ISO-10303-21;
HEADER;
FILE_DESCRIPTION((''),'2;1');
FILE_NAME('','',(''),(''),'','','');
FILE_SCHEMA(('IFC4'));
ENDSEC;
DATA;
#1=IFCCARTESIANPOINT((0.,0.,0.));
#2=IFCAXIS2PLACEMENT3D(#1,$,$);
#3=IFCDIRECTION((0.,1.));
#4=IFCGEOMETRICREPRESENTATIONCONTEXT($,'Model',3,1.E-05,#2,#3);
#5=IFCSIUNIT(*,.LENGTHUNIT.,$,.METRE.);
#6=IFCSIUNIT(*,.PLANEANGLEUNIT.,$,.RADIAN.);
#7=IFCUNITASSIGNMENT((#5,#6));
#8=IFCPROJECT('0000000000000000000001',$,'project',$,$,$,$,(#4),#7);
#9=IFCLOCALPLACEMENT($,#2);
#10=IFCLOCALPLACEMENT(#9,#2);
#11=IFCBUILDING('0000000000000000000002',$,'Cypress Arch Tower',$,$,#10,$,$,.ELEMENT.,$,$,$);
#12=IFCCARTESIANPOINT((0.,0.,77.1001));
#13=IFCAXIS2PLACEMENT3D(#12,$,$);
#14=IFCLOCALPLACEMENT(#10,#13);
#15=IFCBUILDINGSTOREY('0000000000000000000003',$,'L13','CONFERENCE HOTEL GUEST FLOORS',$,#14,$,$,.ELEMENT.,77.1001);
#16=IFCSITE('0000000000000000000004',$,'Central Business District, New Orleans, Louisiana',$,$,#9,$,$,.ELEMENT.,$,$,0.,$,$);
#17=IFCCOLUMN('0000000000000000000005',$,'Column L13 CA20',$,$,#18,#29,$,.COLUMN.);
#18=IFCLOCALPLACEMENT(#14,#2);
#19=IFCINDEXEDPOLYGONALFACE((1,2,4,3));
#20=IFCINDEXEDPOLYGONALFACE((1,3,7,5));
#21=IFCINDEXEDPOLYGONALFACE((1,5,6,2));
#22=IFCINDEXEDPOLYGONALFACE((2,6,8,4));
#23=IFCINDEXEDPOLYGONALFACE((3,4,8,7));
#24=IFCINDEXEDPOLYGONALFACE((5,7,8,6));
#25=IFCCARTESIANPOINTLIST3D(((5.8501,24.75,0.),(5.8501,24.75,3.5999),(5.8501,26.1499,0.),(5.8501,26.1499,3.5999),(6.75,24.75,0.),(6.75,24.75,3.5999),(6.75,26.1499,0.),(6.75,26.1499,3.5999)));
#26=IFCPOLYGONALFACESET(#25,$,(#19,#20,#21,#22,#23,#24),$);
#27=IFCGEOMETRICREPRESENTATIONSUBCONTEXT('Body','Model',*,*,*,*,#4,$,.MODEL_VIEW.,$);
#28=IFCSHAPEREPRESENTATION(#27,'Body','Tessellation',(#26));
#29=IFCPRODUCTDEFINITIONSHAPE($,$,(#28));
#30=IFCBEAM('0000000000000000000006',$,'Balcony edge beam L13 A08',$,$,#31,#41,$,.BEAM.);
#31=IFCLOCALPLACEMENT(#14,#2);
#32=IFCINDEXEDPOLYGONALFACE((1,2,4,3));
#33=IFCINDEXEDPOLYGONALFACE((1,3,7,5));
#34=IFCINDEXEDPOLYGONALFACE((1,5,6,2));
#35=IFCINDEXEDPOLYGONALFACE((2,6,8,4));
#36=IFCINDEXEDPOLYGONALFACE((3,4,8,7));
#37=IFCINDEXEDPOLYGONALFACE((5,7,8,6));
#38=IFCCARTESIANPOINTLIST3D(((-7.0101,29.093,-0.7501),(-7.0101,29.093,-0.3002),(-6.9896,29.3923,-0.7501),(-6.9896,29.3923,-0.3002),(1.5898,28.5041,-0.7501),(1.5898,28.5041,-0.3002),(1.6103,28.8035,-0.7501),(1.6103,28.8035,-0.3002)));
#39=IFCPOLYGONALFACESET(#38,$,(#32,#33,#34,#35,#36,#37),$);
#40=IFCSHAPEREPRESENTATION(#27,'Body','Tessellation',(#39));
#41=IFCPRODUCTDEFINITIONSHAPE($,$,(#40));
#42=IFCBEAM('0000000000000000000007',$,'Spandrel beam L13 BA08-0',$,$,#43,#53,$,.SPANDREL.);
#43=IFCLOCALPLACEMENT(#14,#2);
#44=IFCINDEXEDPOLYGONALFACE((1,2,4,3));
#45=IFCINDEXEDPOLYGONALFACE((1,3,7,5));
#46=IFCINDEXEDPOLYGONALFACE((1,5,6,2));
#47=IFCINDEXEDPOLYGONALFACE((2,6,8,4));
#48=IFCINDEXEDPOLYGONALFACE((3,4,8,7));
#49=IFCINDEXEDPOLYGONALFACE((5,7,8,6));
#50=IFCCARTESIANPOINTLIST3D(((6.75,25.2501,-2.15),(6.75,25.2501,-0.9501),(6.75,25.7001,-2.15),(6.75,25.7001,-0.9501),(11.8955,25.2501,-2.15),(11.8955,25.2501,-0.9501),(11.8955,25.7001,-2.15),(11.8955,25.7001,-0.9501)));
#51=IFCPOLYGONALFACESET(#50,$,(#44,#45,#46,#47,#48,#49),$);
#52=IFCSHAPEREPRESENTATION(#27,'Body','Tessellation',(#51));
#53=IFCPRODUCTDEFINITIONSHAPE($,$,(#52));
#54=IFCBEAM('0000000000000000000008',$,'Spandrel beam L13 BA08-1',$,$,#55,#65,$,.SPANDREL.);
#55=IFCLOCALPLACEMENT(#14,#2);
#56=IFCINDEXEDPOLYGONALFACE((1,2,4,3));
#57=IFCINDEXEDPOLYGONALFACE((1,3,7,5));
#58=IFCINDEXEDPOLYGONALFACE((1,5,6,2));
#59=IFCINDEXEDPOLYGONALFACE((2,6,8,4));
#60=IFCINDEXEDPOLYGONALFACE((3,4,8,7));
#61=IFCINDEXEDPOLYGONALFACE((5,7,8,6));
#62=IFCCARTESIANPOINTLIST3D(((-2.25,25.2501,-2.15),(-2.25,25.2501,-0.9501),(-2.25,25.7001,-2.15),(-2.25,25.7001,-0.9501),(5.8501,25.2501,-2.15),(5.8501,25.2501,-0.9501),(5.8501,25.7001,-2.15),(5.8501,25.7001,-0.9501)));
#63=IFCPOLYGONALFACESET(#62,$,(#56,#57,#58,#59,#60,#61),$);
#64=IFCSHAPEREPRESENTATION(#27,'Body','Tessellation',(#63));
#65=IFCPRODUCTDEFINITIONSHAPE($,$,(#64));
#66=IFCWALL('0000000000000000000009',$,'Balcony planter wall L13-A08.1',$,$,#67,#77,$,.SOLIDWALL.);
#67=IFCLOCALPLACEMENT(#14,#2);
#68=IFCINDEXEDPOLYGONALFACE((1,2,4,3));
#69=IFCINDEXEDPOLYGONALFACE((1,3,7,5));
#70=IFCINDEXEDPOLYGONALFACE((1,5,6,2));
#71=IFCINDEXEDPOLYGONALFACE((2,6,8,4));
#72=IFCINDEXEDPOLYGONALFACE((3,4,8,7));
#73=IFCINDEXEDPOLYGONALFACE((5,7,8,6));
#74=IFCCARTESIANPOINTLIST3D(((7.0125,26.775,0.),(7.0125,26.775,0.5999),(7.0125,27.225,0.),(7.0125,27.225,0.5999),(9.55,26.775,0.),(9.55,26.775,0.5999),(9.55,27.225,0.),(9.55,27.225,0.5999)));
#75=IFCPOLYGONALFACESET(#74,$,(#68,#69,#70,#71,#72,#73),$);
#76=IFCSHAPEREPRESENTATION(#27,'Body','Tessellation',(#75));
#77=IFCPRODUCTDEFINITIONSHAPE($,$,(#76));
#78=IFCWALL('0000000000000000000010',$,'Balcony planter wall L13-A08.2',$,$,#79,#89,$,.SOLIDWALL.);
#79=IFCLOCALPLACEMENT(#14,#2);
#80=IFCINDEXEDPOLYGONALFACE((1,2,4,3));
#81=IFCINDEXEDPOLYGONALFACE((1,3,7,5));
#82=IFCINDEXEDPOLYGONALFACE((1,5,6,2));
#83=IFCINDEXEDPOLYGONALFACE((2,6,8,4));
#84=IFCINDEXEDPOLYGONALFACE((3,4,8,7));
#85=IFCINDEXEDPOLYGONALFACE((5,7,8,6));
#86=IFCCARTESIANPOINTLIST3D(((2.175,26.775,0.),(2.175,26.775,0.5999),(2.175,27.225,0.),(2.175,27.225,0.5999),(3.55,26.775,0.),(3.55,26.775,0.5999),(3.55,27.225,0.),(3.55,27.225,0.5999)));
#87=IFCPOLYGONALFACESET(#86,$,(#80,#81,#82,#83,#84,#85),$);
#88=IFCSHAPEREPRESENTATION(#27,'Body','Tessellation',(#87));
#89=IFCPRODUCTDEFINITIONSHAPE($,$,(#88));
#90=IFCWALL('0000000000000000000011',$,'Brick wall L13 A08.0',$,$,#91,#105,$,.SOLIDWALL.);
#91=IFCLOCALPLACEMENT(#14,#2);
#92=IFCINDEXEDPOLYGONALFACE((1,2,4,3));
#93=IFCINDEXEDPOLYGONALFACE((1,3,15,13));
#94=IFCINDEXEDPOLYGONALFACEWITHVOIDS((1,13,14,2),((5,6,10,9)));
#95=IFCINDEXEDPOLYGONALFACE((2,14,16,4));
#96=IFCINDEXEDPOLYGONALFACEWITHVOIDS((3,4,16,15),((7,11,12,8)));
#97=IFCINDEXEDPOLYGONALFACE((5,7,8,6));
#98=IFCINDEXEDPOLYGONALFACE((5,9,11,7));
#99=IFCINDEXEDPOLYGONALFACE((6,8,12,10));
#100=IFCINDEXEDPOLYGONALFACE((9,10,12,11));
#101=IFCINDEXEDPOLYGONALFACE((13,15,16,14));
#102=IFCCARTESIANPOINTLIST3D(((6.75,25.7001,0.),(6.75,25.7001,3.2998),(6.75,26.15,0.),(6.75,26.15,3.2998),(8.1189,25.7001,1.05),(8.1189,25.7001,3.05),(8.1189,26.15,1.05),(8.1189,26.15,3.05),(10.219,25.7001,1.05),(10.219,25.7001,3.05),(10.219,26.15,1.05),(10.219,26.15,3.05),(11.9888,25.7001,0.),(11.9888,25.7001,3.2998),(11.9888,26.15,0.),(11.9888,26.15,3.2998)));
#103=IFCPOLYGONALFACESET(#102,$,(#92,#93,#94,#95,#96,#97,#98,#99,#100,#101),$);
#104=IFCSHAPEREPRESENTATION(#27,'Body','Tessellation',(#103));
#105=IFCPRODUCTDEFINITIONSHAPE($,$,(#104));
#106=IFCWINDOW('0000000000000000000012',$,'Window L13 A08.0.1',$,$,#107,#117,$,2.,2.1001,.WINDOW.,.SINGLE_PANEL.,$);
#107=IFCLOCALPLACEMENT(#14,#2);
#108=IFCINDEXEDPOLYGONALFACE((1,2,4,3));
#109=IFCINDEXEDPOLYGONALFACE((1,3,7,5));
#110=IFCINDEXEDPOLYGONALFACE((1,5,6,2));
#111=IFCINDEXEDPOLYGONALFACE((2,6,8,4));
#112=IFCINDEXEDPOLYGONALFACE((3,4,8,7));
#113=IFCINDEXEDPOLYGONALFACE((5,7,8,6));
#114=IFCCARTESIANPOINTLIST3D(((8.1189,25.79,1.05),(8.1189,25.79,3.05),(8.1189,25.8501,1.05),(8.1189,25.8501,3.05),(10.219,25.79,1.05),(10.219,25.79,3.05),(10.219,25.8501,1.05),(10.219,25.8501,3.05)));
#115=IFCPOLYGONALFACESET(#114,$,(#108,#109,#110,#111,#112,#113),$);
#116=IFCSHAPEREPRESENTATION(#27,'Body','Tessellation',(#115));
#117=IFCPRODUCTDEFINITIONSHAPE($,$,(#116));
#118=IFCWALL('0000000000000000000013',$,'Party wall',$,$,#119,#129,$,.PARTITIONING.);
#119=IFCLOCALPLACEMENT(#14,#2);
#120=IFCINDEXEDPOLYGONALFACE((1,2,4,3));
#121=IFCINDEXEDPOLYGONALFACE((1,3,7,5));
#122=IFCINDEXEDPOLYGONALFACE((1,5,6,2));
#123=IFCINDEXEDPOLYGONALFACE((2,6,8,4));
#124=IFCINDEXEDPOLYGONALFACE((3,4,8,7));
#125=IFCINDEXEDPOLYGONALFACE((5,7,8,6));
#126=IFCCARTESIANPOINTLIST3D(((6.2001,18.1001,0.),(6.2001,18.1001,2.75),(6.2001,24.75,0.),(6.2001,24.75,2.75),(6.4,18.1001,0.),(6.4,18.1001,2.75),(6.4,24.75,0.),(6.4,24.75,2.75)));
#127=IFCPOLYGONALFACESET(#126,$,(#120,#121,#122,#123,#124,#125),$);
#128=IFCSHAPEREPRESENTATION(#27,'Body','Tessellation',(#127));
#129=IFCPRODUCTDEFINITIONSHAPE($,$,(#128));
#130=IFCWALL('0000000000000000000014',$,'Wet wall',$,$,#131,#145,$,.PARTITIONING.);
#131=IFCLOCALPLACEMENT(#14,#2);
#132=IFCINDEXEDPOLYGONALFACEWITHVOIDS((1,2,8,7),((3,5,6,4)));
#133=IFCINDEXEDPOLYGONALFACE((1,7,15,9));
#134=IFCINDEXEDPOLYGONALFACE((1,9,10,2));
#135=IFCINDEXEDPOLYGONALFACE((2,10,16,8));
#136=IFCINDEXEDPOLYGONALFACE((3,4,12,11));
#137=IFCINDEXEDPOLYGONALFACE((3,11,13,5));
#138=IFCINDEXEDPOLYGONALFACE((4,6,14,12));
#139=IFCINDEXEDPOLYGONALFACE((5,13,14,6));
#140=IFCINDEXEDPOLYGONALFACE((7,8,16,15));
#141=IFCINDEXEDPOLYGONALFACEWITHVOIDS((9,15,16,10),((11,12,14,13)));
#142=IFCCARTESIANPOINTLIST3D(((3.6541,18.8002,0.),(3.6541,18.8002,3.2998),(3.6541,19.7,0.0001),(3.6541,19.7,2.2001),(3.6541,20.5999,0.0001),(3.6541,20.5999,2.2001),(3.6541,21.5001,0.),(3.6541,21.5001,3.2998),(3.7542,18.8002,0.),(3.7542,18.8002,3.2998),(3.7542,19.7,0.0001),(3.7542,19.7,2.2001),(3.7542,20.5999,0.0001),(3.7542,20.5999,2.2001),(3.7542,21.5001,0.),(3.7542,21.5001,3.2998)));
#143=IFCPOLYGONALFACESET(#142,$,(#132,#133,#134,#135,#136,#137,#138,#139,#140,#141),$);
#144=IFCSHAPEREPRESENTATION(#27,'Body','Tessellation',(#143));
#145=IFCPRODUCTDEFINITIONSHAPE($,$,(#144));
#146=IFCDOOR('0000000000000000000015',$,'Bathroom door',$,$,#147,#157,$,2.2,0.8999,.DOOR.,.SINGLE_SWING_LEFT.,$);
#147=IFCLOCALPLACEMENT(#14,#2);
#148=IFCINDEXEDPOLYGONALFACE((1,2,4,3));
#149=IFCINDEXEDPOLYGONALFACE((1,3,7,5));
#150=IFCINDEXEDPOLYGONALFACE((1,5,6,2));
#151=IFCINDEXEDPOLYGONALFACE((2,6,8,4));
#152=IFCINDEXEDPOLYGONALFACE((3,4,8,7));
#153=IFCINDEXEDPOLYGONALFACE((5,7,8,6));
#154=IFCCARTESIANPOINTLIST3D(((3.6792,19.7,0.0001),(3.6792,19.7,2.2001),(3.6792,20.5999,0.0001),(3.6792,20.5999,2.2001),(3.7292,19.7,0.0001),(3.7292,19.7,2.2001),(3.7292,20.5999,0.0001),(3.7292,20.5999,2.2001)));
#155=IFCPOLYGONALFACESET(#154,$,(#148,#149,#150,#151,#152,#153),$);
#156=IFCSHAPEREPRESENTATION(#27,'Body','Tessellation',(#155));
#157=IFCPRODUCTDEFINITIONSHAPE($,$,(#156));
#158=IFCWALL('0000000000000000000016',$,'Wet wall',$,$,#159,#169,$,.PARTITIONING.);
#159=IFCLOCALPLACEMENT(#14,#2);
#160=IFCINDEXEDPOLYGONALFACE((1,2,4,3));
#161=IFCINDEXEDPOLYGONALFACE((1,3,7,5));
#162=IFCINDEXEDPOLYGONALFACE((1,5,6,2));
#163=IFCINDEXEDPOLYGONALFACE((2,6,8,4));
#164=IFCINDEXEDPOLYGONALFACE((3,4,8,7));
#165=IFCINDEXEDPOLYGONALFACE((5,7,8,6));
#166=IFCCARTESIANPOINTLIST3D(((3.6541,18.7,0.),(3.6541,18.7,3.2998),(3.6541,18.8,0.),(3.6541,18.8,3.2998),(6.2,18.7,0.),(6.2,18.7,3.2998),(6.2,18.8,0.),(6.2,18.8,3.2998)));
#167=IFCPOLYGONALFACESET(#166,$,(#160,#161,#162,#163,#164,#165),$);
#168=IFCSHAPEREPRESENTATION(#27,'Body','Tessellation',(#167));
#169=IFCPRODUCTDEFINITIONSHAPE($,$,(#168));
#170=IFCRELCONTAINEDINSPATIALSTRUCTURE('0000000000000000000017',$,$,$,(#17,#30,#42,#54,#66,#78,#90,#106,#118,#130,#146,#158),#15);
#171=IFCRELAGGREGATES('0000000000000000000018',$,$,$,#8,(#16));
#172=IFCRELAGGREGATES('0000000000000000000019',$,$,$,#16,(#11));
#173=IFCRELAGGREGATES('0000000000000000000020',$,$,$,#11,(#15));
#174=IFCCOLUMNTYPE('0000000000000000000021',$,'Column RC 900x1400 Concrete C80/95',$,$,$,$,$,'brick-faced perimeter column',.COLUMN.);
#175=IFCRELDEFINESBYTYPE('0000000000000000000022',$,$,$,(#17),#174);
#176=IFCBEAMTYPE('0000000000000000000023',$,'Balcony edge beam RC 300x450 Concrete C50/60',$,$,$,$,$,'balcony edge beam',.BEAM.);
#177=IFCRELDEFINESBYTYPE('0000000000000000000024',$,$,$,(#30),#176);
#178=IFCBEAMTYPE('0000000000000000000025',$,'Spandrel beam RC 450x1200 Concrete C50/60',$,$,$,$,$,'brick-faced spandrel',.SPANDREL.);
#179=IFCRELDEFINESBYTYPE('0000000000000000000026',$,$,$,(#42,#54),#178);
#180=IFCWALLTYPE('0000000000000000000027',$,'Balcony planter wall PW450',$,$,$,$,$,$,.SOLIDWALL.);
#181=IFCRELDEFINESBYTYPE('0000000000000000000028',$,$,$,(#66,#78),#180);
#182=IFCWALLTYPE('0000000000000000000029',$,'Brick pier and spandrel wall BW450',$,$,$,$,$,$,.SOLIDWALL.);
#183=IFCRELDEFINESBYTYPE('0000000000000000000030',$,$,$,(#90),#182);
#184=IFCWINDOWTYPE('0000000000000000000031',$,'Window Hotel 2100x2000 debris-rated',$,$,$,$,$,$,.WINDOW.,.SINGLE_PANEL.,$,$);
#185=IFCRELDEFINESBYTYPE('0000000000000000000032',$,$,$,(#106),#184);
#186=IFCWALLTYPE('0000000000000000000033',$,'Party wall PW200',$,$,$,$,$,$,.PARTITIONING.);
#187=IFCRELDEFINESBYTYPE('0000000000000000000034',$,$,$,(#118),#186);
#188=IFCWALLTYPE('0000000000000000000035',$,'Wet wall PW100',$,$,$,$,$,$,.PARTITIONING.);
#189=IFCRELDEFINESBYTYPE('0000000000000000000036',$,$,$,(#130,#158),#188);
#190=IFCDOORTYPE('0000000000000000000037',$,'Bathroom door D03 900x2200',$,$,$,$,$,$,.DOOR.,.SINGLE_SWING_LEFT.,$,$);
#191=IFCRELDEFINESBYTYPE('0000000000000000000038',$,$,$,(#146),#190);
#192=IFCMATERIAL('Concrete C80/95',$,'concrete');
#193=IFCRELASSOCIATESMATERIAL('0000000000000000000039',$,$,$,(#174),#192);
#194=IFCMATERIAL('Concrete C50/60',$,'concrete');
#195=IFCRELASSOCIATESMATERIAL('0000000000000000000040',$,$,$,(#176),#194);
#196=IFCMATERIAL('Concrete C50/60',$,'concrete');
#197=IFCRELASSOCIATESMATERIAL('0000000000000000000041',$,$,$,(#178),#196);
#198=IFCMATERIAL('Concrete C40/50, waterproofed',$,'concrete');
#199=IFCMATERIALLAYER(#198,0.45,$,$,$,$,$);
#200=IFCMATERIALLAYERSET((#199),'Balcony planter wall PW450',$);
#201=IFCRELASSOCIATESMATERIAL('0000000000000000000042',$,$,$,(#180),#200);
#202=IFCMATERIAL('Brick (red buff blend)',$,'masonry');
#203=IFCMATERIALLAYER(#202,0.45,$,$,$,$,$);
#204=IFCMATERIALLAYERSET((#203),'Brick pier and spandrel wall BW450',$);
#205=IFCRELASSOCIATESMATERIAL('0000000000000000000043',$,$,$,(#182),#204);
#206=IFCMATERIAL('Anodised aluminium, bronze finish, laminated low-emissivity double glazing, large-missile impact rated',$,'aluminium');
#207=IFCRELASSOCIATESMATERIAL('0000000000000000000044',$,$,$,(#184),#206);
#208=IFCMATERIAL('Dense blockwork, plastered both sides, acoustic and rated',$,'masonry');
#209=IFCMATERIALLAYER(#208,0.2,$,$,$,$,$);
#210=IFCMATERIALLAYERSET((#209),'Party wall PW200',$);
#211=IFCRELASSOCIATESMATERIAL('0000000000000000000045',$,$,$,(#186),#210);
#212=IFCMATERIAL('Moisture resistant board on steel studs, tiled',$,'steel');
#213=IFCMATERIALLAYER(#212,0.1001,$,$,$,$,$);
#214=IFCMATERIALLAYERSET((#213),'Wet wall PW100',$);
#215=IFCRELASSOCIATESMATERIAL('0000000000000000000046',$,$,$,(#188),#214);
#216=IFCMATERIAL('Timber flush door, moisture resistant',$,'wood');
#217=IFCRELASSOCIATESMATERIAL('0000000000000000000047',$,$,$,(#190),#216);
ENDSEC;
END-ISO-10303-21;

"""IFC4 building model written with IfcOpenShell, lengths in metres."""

from ifc_helpers import new_model, si_unit, direction, frame, frame_2d, origin, origin_2d, place, context, subcontext, project, spatial, rectangle, extrude, material, layer, layer_set, material_profile, profile_set, type_object, element, fill, save


model = new_model("IFC4")

# Units and contexts
model_context = context("Model", 3, precision=1e-05, world=origin(), true_north=direction((0.0, 1.0)))
body_context = subcontext(model_context, "Body", "Model", "MODEL_VIEW")
ifc_project = project(units=[si_unit("LENGTHUNIT", "METRE"), si_unit("PLANEANGLEUNIT", "RADIAN")], contexts=[model_context])

# Site, building, storey
site_placement = place(None, origin())
site = spatial("IfcSite", under=ifc_project, at=site_placement, Name="Central Business District, New Orleans, Louisiana", CompositionType="ELEMENT", RefElevation=0.0)
building_placement = place(site_placement, origin())
building = spatial("IfcBuilding", under=site, at=building_placement, Name="Cypress Arch Tower", CompositionType="ELEMENT")
storey_placement = place(building_placement, frame((0.0, 0.0, 77.1001)))
storey = spatial("IfcBuildingStorey", under=building, at=storey_placement, Name="L13", Description="CONFERENCE HOTEL GUEST FLOORS", CompositionType="ELEMENT", Elevation=77.1001)

# Column
ifc_material_1 = material(Name="Concrete C80/95", Category="concrete")
ifc_material_profile_1 = material_profile(ifc_material_1, rectangle(XDim=0.8999, YDim=1.3999, at=origin_2d()), Name="RC 900x1400")
ifc_profile_set_1 = profile_set([ifc_material_profile_1], Name="Concrete C80/95")
column_type = type_object("IfcColumnType", Name="Column RC 900x1400 Concrete C80/95", ElementType="brick-faced perimeter column", PredefinedType="COLUMN", material=ifc_profile_set_1)
column_placement = place(storey_placement, frame((6.3, 25.45, 0.0), z_axis=(0.0, 0.0, 1.0), x_axis=(-1.0, 0.0, 0.0)))
element("IfcColumn", 1, at=column_placement, inside=storey, type_object=column_type, Name="Column L13 CA20", PredefinedType="COLUMN", context=body_context, shape_type="SweptSolid", body=[
    extrude(rectangle(XDim=0.8999, YDim=1.3999, at=origin_2d()), origin(), (0.0, 0.0, 1.0), 3.5999),
])

# Beams
ifc_material_2 = material(Name="Concrete C50/60", Category="concrete")
ifc_material_profile_2 = material_profile(ifc_material_2, rectangle(XDim=0.3, YDim=0.45, at=origin_2d()), Name="RC 300x450")
ifc_profile_set_2 = profile_set([ifc_material_profile_2], Name="Concrete C50/60")
beam_type_1 = type_object("IfcBeamType", Name="Balcony edge beam RC 300x450 Concrete C50/60", ElementType="balcony edge beam", PredefinedType="BEAM", material=ifc_profile_set_2)
beam_1_placement = place(storey_placement, frame((1.6001, 28.6538, -0.5251), z_axis=(-0.997664, 0.068312, 0.0), x_axis=(-0.068312, -0.997664, 0.0)))
element("IfcBeam", 2, at=beam_1_placement, inside=storey, type_object=beam_type_1, Name="Balcony edge beam L13 A08", PredefinedType="BEAM", context=body_context, shape_type="SweptSolid", body=[
    extrude(rectangle(XDim=0.3, YDim=0.45, at=origin_2d()), origin(), (0.0, 0.0, 1.0), 8.6201),
])
ifc_material_3 = material(Name="Concrete C50/60", Category="concrete")
ifc_material_profile_3 = material_profile(ifc_material_3, rectangle(XDim=0.45, YDim=1.2, at=origin_2d()), Name="RC 450x1200")
ifc_profile_set_3 = profile_set([ifc_material_profile_3], Name="Concrete C50/60")
beam_type_2 = type_object("IfcBeamType", Name="Spandrel beam RC 450x1200 Concrete C50/60", ElementType="brick-faced spandrel", PredefinedType="SPANDREL", material=ifc_profile_set_3)
beam_2_placement = place(storey_placement, frame((11.8955, 25.4751, -1.55), z_axis=(-1.0, 0.0, 0.0), x_axis=(0.0, -1.0, 0.0)))
element("IfcBeam", 3, at=beam_2_placement, inside=storey, type_object=beam_type_2, Name="Spandrel beam L13 BA08-0", PredefinedType="SPANDREL", context=body_context, shape_type="SweptSolid", body=[
    extrude(rectangle(XDim=0.45, YDim=1.2, at=origin_2d()), origin(), (0.0, 0.0, 1.0), 5.1455),
])
beam_3_placement = place(storey_placement, frame((5.8501, 25.4751, -1.55), z_axis=(-1.0, 0.0, 0.0), x_axis=(0.0, -1.0, 0.0)))
element("IfcBeam", 4, at=beam_3_placement, inside=storey, type_object=beam_type_2, Name="Spandrel beam L13 BA08-1", PredefinedType="SPANDREL", context=body_context, shape_type="SweptSolid", body=[
    extrude(rectangle(XDim=0.45, YDim=1.2, at=origin_2d()), origin(), (0.0, 0.0, 1.0), 8.1001),
])

# Walls
ifc_material_4 = material(Name="Concrete C40/50, waterproofed", Category="concrete")
ifc_layer_1 = layer(ifc_material_4, 0.45)
ifc_layer_set_1 = layer_set([ifc_layer_1], Name="Balcony planter wall PW450")
wall_type_1 = type_object("IfcWallType", Name="Balcony planter wall PW450", PredefinedType="SOLIDWALL", material=ifc_layer_set_1)
wall_1_placement = place(storey_placement, frame((9.55, 27.0, 0.0), z_axis=(0.0, 0.0, 1.0), x_axis=(-1.0, 0.0, 0.0)))
element("IfcWall", 5, at=wall_1_placement, inside=storey, type_object=wall_type_1, Name="Balcony planter wall L13-A08.1", PredefinedType="SOLIDWALL", context=body_context, shape_type="SweptSolid", body=[
    extrude(rectangle(XDim=2.5376, YDim=0.45, at=frame_2d((1.2688, 0.0))), origin(), (0.0, 0.0, 1.0), 0.5999),
])
wall_2_placement = place(storey_placement, frame((3.55, 27.0, 0.0), z_axis=(0.0, 0.0, 1.0), x_axis=(-1.0, 0.0, 0.0)))
element("IfcWall", 6, at=wall_2_placement, inside=storey, type_object=wall_type_1, Name="Balcony planter wall L13-A08.2", PredefinedType="SOLIDWALL", context=body_context, shape_type="SweptSolid", body=[
    extrude(rectangle(XDim=1.375, YDim=0.45, at=frame_2d((0.6875, 0.0))), origin(), (0.0, 0.0, 1.0), 0.5999),
])

# Wall, opening, window
ifc_material_5 = material(Name="Brick (red buff blend)", Category="masonry")
ifc_layer_2 = layer(ifc_material_5, 0.45)
ifc_layer_set_2 = layer_set([ifc_layer_2], Name="Brick pier and spandrel wall BW450")
wall_type_2 = type_object("IfcWallType", Name="Brick pier and spandrel wall BW450", PredefinedType="SOLIDWALL", material=ifc_layer_set_2)
wall_3_placement = place(storey_placement, frame((11.9888, 25.925, 0.0), z_axis=(0.0, 0.0, 1.0), x_axis=(-1.0, 0.0, 0.0)))
wall_3 = element("IfcWall", 7, at=wall_3_placement, inside=storey, type_object=wall_type_2, Name="Brick wall L13 A08.0", PredefinedType="SOLIDWALL", context=body_context, shape_type="SweptSolid", body=[
    extrude(rectangle(XDim=5.2388, YDim=0.45, at=frame_2d((2.6194, 0.0))), origin(), (0.0, 0.0, 1.0), 3.2998),
])
opening_1_placement = place(wall_3_placement, frame((1.7698, 0.0, 1.05)))
opening_1 = element("IfcOpeningElement", 8, at=opening_1_placement, cuts=wall_3, PredefinedType="OPENING", context=body_context, shape_type="SweptSolid", body=[
    extrude(rectangle(XDim=2.1001, YDim=2.0, at=frame_2d((1.05, 1.0))), frame((0.0, 0.2349, 0.0), z_axis=(0.0, -1.0, 0.0), x_axis=(1.0, 0.0, 0.0)), (0.0, 0.0, 1.0), 0.47),
])
ifc_material_6 = material(Name="Anodised aluminium, bronze finish, laminated low-emissivity double glazing, large-missile impact rated", Category="aluminium")
window_type_1 = type_object("IfcWindowType", Name="Window Hotel 2100x2000 debris-rated", PartitioningType="SINGLE_PANEL", PredefinedType="WINDOW", material=ifc_material_6)
window_1_placement = place(opening_1_placement, origin())
window_1 = element("IfcWindow", 9, at=window_1_placement, inside=storey, type_object=window_type_1, Name="Window L13 A08.0.1", OverallHeight=2.0, OverallWidth=2.1001, PartitioningType="SINGLE_PANEL", PredefinedType="WINDOW", context=body_context, shape_type="SweptSolid", body=[
    extrude(rectangle(XDim=2.1001, YDim=2.0, at=frame_2d((1.05, 1.0))), frame((0.0, 0.135, 0.0), z_axis=(0.0, -1.0, 0.0), x_axis=(1.0, 0.0, 0.0)), (0.0, 0.0, 1.0), 0.0601),
])
fill(opening_1, window_1)

# Wall
ifc_material_7 = material(Name="Dense blockwork, plastered both sides, acoustic and rated", Category="masonry")
ifc_layer_3 = layer(ifc_material_7, 0.2)
ifc_layer_set_3 = layer_set([ifc_layer_3], Name="Party wall PW200")
wall_type_3 = type_object("IfcWallType", Name="Party wall PW200", PredefinedType="PARTITIONING", material=ifc_layer_set_3)
wall_4_placement = place(storey_placement, frame((6.3, 18.1001, 0.0), z_axis=(0.0, 0.0, 1.0), x_axis=(0.0, 1.0, 0.0)))
element("IfcWall", 10, at=wall_4_placement, inside=storey, type_object=wall_type_3, Name="Party wall", PredefinedType="PARTITIONING", context=body_context, shape_type="SweptSolid", body=[
    extrude(rectangle(XDim=6.6499, YDim=0.2, at=frame_2d((3.325, 0.0))), origin(), (0.0, 0.0, 1.0), 2.75),
])

# Wall, opening, door
ifc_material_8 = material(Name="Moisture resistant board on steel studs, tiled", Category="steel")
ifc_layer_4 = layer(ifc_material_8, 0.1001)
ifc_layer_set_4 = layer_set([ifc_layer_4], Name="Wet wall PW100")
wall_type_4 = type_object("IfcWallType", Name="Wet wall PW100", PredefinedType="PARTITIONING", material=ifc_layer_set_4)
wall_5_placement = place(storey_placement, frame((3.7041, 18.8, 0.0), z_axis=(0.0, 0.0, 1.0), x_axis=(0.0, 1.0, 0.0)))
wall_5 = element("IfcWall", 11, at=wall_5_placement, inside=storey, type_object=wall_type_4, Name="Wet wall", PredefinedType="PARTITIONING", context=body_context, shape_type="SweptSolid", body=[
    extrude(rectangle(XDim=2.7, YDim=0.1001, at=frame_2d((1.3501, 0.0))), origin(), (0.0, 0.0, 1.0), 3.2998),
])
opening_2_placement = place(wall_5_placement, frame((0.8999, 0.0, 0.0)))
opening_2 = element("IfcOpeningElement", 12, at=opening_2_placement, cuts=wall_5, PredefinedType="OPENING", context=body_context, shape_type="SweptSolid", body=[
    extrude(rectangle(XDim=0.8999, YDim=2.2, at=frame_2d((0.45, 1.1001))), frame((0.0, 0.0601, 0.0), z_axis=(0.0, -1.0, 0.0), x_axis=(1.0, 0.0, 0.0)), (0.0, 0.0, 1.0), 0.1201),
])
ifc_material_9 = material(Name="Timber flush door, moisture resistant", Category="wood")
door_type_1 = type_object("IfcDoorType", Name="Bathroom door D03 900x2200", OperationType="SINGLE_SWING_LEFT", PredefinedType="DOOR", material=ifc_material_9)
door_1_placement = place(opening_2_placement, origin())
door_1 = element("IfcDoor", 13, at=door_1_placement, inside=storey, type_object=door_type_1, Name="Bathroom door", OperationType="SINGLE_SWING_LEFT", OverallHeight=2.2, OverallWidth=0.8999, PredefinedType="DOOR", context=body_context, shape_type="SweptSolid", body=[
    extrude(rectangle(XDim=0.8999, YDim=2.2, at=frame_2d((0.45, 1.1001))), frame((0.0, 0.0249, 0.0), z_axis=(0.0, -1.0, 0.0), x_axis=(1.0, 0.0, 0.0)), (0.0, 0.0, 1.0), 0.05),
])
fill(opening_2, door_1)

# Wall
for number, where, z_axis, x_axis, name in (
    (14, (3.6541, 18.75, 0.0), (0.0, 0.0, 1.0), (1.0, 0.0, 0.0), "Wet wall"),
):
    element("IfcWall", number, at=place(storey_placement, frame(where, z_axis=z_axis, x_axis=x_axis)), inside=storey, type_object=wall_type_4, Name=name, PredefinedType="PARTITIONING", context=body_context, shape_type="SweptSolid", body=[
        extrude(rectangle(XDim=2.5459, YDim=0.1001, at=frame_2d((1.2729, 0.0))), origin(), (0.0, 0.0, 1.0), 3.2998),
    ])

save(model, "model.ifc")
